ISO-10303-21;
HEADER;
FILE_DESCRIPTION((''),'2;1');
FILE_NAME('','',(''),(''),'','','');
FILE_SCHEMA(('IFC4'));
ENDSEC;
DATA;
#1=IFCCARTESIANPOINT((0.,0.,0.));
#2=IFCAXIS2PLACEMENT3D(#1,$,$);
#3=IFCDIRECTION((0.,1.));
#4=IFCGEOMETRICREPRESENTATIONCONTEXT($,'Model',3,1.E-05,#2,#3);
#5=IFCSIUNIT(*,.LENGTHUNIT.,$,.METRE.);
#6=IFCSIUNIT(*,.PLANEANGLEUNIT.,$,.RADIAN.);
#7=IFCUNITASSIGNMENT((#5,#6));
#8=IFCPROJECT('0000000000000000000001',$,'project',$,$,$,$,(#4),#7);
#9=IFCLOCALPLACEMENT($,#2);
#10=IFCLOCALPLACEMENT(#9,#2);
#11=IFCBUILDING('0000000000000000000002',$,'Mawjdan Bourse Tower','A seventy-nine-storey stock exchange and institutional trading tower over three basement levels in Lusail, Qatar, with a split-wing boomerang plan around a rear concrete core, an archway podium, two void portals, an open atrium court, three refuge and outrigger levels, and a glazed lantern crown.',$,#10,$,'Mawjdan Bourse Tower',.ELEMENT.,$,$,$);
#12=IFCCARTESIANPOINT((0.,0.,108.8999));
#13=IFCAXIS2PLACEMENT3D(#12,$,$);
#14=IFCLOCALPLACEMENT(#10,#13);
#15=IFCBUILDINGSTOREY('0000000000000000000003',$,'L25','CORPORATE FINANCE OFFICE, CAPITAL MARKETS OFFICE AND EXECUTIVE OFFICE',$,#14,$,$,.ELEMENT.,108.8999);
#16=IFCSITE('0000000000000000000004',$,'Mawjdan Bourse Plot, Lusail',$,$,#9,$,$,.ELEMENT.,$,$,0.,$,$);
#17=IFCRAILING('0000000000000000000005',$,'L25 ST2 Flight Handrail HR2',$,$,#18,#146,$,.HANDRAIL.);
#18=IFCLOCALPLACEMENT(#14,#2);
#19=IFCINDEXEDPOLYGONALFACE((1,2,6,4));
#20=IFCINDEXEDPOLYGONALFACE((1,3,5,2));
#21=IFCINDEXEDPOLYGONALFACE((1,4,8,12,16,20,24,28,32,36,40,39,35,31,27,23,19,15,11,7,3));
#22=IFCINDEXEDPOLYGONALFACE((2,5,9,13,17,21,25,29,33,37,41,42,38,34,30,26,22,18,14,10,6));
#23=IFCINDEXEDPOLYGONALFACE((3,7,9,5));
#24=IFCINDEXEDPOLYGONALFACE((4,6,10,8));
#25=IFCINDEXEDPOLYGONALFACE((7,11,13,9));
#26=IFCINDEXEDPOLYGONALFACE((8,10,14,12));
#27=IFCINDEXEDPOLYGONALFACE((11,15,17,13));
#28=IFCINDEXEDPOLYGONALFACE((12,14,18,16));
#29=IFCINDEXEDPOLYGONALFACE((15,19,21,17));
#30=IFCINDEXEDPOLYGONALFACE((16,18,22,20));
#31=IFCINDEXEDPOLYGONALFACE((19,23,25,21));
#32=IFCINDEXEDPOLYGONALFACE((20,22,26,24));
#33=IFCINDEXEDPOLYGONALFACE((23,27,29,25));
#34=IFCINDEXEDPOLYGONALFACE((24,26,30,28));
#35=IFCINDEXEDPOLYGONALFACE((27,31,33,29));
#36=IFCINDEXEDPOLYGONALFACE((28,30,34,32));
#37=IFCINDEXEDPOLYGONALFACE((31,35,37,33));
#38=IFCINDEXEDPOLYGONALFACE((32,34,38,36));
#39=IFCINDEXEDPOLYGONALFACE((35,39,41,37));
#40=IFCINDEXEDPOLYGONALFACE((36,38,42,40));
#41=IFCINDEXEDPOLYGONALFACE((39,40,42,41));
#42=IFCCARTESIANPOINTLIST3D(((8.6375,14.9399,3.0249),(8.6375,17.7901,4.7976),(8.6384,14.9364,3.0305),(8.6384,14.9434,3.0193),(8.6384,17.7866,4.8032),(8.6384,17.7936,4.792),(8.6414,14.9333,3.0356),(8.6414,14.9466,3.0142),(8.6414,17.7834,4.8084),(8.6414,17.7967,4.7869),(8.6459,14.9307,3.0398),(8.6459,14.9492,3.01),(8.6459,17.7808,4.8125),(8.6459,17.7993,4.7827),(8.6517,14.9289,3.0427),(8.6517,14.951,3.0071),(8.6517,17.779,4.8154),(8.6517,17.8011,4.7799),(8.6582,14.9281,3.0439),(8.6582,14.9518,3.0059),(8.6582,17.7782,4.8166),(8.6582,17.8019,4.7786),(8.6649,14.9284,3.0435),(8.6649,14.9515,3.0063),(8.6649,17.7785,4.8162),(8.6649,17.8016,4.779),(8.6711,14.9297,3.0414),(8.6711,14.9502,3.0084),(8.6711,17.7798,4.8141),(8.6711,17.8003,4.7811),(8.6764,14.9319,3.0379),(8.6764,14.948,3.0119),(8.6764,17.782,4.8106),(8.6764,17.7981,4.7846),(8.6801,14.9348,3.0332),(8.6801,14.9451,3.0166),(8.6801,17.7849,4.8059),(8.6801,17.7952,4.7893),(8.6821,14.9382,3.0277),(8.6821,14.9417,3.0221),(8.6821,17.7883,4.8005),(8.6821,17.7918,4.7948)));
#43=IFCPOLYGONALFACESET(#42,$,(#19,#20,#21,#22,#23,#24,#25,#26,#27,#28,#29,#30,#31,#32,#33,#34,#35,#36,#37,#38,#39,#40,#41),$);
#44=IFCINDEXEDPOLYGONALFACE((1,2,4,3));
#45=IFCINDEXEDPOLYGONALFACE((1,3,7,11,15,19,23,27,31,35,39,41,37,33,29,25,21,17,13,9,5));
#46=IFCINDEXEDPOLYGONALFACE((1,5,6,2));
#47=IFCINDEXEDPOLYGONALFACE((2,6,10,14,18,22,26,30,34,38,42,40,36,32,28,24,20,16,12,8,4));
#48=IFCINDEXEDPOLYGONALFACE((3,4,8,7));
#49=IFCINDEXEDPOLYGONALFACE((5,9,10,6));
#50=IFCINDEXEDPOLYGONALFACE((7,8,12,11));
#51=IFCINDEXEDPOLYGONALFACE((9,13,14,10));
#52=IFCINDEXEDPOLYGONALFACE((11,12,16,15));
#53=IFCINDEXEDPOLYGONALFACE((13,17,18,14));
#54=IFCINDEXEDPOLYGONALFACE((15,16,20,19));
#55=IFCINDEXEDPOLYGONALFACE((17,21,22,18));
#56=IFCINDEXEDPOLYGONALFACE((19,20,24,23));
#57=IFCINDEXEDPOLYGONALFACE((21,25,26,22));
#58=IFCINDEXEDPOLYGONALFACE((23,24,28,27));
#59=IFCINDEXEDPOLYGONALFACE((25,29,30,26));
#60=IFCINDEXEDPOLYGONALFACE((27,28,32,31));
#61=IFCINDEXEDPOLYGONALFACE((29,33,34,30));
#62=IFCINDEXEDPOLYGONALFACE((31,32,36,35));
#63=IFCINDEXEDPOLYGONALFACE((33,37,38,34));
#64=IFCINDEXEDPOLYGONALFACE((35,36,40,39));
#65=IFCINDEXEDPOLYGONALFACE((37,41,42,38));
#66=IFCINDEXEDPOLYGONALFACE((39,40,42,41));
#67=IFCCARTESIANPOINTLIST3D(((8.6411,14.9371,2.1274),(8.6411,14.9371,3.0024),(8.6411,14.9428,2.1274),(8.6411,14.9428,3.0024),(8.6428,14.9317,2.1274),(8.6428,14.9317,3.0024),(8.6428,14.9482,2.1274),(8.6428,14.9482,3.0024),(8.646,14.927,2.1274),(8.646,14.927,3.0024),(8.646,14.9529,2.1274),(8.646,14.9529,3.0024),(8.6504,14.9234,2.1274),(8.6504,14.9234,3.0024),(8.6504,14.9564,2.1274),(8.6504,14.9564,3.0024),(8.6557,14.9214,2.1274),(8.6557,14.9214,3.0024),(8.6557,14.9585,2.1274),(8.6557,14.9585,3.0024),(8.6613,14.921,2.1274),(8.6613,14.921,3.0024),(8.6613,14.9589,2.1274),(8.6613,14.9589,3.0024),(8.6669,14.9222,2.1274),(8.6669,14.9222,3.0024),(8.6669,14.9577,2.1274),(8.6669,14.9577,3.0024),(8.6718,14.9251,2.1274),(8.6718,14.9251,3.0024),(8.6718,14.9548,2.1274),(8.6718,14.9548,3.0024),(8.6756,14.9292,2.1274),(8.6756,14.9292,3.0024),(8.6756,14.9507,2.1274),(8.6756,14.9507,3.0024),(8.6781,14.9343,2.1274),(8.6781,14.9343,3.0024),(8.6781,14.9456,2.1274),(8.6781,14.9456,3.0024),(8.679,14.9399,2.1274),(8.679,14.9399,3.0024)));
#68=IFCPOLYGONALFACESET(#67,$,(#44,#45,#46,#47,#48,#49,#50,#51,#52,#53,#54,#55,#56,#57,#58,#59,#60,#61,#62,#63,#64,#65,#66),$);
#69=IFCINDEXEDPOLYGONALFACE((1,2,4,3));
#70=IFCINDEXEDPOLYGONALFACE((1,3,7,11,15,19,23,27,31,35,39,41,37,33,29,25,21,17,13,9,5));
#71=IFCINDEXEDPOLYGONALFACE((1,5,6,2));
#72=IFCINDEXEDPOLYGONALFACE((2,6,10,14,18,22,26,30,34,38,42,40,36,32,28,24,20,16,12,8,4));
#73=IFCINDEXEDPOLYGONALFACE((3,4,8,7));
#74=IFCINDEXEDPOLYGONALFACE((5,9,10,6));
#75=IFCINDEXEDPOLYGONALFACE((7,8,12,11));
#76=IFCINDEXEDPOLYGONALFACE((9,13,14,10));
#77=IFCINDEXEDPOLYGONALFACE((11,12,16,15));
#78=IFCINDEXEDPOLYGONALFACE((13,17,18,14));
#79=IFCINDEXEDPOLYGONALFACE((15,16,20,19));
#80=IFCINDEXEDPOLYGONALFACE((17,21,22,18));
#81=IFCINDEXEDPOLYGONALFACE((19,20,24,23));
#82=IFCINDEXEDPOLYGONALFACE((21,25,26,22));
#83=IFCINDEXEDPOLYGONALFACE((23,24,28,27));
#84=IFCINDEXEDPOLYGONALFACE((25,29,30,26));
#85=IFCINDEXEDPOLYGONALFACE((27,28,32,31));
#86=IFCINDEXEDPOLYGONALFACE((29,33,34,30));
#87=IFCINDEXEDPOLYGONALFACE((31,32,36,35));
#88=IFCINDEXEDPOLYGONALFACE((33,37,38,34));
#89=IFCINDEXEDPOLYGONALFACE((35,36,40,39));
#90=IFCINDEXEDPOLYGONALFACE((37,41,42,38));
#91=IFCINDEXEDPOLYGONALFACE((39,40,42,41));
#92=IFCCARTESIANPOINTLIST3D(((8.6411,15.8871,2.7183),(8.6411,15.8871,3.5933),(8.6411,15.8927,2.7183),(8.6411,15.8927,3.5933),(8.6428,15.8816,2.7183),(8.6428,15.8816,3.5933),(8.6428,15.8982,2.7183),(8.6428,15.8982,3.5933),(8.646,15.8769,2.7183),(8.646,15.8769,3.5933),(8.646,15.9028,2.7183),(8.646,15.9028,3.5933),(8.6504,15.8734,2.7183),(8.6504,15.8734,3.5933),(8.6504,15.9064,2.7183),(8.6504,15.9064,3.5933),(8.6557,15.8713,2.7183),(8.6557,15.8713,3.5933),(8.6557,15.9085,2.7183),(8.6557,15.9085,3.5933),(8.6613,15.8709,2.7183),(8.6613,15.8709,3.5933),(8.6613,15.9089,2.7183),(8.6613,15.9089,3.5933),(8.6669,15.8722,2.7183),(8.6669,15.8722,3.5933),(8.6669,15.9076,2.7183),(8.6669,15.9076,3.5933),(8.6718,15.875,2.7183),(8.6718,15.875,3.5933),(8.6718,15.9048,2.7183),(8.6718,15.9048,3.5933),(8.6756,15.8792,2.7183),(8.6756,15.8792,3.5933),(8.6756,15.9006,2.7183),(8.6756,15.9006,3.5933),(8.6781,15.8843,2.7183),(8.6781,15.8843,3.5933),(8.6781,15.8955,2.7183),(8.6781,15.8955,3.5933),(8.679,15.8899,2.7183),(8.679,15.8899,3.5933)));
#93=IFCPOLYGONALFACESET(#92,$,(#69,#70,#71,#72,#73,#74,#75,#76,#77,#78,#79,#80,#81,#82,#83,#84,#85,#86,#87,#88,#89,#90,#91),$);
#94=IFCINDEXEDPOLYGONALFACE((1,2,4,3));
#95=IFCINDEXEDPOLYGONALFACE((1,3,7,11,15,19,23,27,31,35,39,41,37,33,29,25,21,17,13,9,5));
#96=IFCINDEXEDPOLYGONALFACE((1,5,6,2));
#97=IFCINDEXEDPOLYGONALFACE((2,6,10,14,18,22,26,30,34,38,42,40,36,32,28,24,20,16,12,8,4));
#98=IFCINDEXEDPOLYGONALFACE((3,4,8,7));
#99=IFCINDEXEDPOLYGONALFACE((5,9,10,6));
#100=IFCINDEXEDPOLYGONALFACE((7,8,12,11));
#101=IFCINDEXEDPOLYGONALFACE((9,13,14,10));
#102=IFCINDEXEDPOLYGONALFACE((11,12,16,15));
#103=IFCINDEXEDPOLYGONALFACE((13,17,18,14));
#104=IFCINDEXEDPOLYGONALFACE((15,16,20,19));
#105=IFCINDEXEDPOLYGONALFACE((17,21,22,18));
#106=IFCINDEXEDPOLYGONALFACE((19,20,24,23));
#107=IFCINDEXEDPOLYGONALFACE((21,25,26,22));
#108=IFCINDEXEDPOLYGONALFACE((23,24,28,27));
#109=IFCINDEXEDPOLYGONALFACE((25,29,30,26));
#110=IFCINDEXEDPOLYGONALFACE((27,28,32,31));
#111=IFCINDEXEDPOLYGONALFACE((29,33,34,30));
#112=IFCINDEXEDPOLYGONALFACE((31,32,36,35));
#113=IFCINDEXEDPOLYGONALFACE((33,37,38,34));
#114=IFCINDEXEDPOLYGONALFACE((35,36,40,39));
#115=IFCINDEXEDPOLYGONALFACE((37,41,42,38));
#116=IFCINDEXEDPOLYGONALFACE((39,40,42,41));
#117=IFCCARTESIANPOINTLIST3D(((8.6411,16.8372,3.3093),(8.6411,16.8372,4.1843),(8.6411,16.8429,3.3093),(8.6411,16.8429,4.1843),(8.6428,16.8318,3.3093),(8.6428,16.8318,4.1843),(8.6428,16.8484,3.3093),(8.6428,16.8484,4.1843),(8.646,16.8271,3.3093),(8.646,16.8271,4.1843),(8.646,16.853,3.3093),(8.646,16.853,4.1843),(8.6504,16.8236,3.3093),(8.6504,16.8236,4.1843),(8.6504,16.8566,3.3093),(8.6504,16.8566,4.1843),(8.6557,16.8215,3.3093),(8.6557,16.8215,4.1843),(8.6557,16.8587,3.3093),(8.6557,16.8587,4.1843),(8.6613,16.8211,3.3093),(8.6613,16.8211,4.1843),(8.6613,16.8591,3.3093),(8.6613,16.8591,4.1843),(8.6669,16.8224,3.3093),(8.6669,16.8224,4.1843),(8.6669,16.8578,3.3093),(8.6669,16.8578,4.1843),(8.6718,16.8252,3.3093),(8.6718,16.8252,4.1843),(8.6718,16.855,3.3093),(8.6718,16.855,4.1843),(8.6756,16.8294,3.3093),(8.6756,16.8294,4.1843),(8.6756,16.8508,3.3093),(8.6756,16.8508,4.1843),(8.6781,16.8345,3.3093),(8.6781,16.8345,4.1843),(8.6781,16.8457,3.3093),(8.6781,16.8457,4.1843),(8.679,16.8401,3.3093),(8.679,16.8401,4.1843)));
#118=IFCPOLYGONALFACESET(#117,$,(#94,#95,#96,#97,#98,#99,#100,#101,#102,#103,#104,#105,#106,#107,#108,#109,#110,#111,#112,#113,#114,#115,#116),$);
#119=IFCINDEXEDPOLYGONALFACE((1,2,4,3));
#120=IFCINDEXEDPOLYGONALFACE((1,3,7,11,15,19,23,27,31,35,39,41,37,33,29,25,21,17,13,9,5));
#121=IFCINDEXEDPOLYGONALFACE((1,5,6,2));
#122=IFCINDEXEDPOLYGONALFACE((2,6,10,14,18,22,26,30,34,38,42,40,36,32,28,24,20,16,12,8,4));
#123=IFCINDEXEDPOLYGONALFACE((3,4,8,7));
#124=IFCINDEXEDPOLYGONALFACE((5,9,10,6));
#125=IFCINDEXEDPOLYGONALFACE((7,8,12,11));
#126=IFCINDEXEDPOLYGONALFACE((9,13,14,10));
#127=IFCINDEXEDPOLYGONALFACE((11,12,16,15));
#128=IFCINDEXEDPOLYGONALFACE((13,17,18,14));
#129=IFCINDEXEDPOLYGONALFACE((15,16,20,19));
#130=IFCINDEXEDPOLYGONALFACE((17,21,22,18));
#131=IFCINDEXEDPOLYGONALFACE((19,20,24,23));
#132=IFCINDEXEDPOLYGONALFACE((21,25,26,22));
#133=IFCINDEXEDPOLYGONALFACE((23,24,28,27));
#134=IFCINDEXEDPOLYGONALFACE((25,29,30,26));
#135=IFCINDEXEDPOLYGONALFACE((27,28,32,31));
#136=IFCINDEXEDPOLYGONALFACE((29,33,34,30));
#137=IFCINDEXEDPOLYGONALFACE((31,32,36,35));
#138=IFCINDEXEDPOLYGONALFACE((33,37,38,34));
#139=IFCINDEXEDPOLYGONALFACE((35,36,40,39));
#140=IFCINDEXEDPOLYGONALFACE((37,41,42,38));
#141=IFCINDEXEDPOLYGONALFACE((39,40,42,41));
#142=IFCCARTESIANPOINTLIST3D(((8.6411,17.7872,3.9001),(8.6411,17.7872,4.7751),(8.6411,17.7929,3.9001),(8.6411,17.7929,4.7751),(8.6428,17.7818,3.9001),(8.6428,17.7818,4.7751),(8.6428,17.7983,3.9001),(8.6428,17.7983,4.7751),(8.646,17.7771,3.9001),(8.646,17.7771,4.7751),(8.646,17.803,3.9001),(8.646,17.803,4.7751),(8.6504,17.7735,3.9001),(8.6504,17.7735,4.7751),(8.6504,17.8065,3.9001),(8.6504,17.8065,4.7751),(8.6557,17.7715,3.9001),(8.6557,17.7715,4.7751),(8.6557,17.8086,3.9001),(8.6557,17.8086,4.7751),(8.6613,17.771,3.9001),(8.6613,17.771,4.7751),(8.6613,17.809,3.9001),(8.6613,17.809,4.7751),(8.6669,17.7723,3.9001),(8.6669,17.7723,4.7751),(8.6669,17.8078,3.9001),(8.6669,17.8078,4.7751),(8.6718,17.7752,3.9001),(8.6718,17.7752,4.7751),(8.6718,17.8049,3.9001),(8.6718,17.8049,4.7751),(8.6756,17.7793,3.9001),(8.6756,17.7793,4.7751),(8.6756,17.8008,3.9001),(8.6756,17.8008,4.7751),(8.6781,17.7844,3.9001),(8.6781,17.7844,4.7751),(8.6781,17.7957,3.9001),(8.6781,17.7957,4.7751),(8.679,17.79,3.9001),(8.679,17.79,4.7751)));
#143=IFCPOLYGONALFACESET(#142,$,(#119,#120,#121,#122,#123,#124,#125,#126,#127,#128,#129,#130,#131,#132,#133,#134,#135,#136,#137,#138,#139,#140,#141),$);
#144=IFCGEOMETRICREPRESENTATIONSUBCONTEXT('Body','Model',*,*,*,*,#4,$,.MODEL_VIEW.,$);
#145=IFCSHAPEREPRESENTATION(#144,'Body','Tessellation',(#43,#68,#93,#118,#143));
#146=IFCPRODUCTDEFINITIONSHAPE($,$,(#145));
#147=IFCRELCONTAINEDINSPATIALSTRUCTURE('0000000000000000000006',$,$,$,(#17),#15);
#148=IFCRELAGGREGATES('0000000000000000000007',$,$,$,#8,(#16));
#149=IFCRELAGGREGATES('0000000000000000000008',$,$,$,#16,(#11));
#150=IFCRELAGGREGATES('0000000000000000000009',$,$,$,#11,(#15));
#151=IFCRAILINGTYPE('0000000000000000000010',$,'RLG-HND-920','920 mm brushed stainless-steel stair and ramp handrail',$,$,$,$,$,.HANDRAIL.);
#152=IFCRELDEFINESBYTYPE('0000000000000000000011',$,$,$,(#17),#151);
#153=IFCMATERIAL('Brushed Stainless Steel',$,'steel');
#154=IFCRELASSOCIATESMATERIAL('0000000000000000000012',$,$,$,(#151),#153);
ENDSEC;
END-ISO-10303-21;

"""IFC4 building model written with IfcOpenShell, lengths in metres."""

from ifc_helpers import new_model, si_unit, direction, frame, origin, origin_2d, place, context, subcontext, project, spatial, circle, extrude, material, type_object, element, save


model = new_model("IFC4")

# Units and contexts
model_context = context("Model", 3, precision=1e-05, world=origin(), true_north=direction((0.0, 1.0)))
body_context = subcontext(model_context, "Body", "Model", "MODEL_VIEW")
ifc_project = project(units=[si_unit("LENGTHUNIT", "METRE"), si_unit("PLANEANGLEUNIT", "RADIAN")], contexts=[model_context])

# Site, building, storey
site_placement = place(None, origin())
site = spatial("IfcSite", under=ifc_project, at=site_placement, Name="Mawjdan Bourse Plot, Lusail", CompositionType="ELEMENT", RefElevation=0.0)
building_placement = place(site_placement, origin())
building = spatial("IfcBuilding", under=site, at=building_placement, Name="Mawjdan Bourse Tower", Description="A seventy-nine-storey stock exchange and institutional trading tower over three basement levels in Lusail, Qatar, with a split-wing boomerang plan around a rear concrete core, an archway podium, two void portals, an open atrium court, three refuge and outrigger levels, and a glazed lantern crown.", LongName="Mawjdan Bourse Tower", CompositionType="ELEMENT")
storey_placement = place(building_placement, frame((0.0, 0.0, 108.8999)))
storey = spatial("IfcBuildingStorey", under=building, at=storey_placement, Name="L25", Description="CORPORATE FINANCE OFFICE, CAPITAL MARKETS OFFICE AND EXECUTIVE OFFICE", CompositionType="ELEMENT", Elevation=108.8999)

# Railing
ifc_material_1 = material(Name="Brushed Stainless Steel", Category="steel")
railing_type_1 = type_object("IfcRailingType", Name="RLG-HND-920", Description="920 mm brushed stainless-steel stair and ramp handrail", PredefinedType="HANDRAIL", material=ifc_material_1)
railing_1_placement = place(storey_placement, frame((8.6599, 14.9399, 2.1274)))
element("IfcRailing", 1, at=railing_1_placement, inside=storey, type_object=railing_type_1, Name="L25 ST2 Flight Handrail HR2", PredefinedType="HANDRAIL", context=body_context, shape_type="SweptSolid", body=[
    extrude(circle(Radius=0.0225, at=origin_2d()), frame((0.0, 0.0, 0.8975), z_axis=(0.0, 0.849149, 0.528154), x_axis=(-1.0, 0.0, 0.0)), (0.0, 0.0, 1.0), 3.3564),
    extrude(circle(Radius=0.019, at=origin_2d()), origin(), (0.0, 0.0, 1.0), 0.875),
    extrude(circle(Radius=0.019, at=origin_2d()), frame((0.0, 0.95, 0.5908)), (0.0, 0.0, 1.0), 0.875),
    extrude(circle(Radius=0.019, at=origin_2d()), frame((0.0, 1.9001, 1.1819)), (0.0, 0.0, 1.0), 0.875),
    extrude(circle(Radius=0.019, at=origin_2d()), frame((0.0, 2.8501, 1.7727)), (0.0, 0.0, 1.0), 0.875),
])

save(model, "model.ifc")
